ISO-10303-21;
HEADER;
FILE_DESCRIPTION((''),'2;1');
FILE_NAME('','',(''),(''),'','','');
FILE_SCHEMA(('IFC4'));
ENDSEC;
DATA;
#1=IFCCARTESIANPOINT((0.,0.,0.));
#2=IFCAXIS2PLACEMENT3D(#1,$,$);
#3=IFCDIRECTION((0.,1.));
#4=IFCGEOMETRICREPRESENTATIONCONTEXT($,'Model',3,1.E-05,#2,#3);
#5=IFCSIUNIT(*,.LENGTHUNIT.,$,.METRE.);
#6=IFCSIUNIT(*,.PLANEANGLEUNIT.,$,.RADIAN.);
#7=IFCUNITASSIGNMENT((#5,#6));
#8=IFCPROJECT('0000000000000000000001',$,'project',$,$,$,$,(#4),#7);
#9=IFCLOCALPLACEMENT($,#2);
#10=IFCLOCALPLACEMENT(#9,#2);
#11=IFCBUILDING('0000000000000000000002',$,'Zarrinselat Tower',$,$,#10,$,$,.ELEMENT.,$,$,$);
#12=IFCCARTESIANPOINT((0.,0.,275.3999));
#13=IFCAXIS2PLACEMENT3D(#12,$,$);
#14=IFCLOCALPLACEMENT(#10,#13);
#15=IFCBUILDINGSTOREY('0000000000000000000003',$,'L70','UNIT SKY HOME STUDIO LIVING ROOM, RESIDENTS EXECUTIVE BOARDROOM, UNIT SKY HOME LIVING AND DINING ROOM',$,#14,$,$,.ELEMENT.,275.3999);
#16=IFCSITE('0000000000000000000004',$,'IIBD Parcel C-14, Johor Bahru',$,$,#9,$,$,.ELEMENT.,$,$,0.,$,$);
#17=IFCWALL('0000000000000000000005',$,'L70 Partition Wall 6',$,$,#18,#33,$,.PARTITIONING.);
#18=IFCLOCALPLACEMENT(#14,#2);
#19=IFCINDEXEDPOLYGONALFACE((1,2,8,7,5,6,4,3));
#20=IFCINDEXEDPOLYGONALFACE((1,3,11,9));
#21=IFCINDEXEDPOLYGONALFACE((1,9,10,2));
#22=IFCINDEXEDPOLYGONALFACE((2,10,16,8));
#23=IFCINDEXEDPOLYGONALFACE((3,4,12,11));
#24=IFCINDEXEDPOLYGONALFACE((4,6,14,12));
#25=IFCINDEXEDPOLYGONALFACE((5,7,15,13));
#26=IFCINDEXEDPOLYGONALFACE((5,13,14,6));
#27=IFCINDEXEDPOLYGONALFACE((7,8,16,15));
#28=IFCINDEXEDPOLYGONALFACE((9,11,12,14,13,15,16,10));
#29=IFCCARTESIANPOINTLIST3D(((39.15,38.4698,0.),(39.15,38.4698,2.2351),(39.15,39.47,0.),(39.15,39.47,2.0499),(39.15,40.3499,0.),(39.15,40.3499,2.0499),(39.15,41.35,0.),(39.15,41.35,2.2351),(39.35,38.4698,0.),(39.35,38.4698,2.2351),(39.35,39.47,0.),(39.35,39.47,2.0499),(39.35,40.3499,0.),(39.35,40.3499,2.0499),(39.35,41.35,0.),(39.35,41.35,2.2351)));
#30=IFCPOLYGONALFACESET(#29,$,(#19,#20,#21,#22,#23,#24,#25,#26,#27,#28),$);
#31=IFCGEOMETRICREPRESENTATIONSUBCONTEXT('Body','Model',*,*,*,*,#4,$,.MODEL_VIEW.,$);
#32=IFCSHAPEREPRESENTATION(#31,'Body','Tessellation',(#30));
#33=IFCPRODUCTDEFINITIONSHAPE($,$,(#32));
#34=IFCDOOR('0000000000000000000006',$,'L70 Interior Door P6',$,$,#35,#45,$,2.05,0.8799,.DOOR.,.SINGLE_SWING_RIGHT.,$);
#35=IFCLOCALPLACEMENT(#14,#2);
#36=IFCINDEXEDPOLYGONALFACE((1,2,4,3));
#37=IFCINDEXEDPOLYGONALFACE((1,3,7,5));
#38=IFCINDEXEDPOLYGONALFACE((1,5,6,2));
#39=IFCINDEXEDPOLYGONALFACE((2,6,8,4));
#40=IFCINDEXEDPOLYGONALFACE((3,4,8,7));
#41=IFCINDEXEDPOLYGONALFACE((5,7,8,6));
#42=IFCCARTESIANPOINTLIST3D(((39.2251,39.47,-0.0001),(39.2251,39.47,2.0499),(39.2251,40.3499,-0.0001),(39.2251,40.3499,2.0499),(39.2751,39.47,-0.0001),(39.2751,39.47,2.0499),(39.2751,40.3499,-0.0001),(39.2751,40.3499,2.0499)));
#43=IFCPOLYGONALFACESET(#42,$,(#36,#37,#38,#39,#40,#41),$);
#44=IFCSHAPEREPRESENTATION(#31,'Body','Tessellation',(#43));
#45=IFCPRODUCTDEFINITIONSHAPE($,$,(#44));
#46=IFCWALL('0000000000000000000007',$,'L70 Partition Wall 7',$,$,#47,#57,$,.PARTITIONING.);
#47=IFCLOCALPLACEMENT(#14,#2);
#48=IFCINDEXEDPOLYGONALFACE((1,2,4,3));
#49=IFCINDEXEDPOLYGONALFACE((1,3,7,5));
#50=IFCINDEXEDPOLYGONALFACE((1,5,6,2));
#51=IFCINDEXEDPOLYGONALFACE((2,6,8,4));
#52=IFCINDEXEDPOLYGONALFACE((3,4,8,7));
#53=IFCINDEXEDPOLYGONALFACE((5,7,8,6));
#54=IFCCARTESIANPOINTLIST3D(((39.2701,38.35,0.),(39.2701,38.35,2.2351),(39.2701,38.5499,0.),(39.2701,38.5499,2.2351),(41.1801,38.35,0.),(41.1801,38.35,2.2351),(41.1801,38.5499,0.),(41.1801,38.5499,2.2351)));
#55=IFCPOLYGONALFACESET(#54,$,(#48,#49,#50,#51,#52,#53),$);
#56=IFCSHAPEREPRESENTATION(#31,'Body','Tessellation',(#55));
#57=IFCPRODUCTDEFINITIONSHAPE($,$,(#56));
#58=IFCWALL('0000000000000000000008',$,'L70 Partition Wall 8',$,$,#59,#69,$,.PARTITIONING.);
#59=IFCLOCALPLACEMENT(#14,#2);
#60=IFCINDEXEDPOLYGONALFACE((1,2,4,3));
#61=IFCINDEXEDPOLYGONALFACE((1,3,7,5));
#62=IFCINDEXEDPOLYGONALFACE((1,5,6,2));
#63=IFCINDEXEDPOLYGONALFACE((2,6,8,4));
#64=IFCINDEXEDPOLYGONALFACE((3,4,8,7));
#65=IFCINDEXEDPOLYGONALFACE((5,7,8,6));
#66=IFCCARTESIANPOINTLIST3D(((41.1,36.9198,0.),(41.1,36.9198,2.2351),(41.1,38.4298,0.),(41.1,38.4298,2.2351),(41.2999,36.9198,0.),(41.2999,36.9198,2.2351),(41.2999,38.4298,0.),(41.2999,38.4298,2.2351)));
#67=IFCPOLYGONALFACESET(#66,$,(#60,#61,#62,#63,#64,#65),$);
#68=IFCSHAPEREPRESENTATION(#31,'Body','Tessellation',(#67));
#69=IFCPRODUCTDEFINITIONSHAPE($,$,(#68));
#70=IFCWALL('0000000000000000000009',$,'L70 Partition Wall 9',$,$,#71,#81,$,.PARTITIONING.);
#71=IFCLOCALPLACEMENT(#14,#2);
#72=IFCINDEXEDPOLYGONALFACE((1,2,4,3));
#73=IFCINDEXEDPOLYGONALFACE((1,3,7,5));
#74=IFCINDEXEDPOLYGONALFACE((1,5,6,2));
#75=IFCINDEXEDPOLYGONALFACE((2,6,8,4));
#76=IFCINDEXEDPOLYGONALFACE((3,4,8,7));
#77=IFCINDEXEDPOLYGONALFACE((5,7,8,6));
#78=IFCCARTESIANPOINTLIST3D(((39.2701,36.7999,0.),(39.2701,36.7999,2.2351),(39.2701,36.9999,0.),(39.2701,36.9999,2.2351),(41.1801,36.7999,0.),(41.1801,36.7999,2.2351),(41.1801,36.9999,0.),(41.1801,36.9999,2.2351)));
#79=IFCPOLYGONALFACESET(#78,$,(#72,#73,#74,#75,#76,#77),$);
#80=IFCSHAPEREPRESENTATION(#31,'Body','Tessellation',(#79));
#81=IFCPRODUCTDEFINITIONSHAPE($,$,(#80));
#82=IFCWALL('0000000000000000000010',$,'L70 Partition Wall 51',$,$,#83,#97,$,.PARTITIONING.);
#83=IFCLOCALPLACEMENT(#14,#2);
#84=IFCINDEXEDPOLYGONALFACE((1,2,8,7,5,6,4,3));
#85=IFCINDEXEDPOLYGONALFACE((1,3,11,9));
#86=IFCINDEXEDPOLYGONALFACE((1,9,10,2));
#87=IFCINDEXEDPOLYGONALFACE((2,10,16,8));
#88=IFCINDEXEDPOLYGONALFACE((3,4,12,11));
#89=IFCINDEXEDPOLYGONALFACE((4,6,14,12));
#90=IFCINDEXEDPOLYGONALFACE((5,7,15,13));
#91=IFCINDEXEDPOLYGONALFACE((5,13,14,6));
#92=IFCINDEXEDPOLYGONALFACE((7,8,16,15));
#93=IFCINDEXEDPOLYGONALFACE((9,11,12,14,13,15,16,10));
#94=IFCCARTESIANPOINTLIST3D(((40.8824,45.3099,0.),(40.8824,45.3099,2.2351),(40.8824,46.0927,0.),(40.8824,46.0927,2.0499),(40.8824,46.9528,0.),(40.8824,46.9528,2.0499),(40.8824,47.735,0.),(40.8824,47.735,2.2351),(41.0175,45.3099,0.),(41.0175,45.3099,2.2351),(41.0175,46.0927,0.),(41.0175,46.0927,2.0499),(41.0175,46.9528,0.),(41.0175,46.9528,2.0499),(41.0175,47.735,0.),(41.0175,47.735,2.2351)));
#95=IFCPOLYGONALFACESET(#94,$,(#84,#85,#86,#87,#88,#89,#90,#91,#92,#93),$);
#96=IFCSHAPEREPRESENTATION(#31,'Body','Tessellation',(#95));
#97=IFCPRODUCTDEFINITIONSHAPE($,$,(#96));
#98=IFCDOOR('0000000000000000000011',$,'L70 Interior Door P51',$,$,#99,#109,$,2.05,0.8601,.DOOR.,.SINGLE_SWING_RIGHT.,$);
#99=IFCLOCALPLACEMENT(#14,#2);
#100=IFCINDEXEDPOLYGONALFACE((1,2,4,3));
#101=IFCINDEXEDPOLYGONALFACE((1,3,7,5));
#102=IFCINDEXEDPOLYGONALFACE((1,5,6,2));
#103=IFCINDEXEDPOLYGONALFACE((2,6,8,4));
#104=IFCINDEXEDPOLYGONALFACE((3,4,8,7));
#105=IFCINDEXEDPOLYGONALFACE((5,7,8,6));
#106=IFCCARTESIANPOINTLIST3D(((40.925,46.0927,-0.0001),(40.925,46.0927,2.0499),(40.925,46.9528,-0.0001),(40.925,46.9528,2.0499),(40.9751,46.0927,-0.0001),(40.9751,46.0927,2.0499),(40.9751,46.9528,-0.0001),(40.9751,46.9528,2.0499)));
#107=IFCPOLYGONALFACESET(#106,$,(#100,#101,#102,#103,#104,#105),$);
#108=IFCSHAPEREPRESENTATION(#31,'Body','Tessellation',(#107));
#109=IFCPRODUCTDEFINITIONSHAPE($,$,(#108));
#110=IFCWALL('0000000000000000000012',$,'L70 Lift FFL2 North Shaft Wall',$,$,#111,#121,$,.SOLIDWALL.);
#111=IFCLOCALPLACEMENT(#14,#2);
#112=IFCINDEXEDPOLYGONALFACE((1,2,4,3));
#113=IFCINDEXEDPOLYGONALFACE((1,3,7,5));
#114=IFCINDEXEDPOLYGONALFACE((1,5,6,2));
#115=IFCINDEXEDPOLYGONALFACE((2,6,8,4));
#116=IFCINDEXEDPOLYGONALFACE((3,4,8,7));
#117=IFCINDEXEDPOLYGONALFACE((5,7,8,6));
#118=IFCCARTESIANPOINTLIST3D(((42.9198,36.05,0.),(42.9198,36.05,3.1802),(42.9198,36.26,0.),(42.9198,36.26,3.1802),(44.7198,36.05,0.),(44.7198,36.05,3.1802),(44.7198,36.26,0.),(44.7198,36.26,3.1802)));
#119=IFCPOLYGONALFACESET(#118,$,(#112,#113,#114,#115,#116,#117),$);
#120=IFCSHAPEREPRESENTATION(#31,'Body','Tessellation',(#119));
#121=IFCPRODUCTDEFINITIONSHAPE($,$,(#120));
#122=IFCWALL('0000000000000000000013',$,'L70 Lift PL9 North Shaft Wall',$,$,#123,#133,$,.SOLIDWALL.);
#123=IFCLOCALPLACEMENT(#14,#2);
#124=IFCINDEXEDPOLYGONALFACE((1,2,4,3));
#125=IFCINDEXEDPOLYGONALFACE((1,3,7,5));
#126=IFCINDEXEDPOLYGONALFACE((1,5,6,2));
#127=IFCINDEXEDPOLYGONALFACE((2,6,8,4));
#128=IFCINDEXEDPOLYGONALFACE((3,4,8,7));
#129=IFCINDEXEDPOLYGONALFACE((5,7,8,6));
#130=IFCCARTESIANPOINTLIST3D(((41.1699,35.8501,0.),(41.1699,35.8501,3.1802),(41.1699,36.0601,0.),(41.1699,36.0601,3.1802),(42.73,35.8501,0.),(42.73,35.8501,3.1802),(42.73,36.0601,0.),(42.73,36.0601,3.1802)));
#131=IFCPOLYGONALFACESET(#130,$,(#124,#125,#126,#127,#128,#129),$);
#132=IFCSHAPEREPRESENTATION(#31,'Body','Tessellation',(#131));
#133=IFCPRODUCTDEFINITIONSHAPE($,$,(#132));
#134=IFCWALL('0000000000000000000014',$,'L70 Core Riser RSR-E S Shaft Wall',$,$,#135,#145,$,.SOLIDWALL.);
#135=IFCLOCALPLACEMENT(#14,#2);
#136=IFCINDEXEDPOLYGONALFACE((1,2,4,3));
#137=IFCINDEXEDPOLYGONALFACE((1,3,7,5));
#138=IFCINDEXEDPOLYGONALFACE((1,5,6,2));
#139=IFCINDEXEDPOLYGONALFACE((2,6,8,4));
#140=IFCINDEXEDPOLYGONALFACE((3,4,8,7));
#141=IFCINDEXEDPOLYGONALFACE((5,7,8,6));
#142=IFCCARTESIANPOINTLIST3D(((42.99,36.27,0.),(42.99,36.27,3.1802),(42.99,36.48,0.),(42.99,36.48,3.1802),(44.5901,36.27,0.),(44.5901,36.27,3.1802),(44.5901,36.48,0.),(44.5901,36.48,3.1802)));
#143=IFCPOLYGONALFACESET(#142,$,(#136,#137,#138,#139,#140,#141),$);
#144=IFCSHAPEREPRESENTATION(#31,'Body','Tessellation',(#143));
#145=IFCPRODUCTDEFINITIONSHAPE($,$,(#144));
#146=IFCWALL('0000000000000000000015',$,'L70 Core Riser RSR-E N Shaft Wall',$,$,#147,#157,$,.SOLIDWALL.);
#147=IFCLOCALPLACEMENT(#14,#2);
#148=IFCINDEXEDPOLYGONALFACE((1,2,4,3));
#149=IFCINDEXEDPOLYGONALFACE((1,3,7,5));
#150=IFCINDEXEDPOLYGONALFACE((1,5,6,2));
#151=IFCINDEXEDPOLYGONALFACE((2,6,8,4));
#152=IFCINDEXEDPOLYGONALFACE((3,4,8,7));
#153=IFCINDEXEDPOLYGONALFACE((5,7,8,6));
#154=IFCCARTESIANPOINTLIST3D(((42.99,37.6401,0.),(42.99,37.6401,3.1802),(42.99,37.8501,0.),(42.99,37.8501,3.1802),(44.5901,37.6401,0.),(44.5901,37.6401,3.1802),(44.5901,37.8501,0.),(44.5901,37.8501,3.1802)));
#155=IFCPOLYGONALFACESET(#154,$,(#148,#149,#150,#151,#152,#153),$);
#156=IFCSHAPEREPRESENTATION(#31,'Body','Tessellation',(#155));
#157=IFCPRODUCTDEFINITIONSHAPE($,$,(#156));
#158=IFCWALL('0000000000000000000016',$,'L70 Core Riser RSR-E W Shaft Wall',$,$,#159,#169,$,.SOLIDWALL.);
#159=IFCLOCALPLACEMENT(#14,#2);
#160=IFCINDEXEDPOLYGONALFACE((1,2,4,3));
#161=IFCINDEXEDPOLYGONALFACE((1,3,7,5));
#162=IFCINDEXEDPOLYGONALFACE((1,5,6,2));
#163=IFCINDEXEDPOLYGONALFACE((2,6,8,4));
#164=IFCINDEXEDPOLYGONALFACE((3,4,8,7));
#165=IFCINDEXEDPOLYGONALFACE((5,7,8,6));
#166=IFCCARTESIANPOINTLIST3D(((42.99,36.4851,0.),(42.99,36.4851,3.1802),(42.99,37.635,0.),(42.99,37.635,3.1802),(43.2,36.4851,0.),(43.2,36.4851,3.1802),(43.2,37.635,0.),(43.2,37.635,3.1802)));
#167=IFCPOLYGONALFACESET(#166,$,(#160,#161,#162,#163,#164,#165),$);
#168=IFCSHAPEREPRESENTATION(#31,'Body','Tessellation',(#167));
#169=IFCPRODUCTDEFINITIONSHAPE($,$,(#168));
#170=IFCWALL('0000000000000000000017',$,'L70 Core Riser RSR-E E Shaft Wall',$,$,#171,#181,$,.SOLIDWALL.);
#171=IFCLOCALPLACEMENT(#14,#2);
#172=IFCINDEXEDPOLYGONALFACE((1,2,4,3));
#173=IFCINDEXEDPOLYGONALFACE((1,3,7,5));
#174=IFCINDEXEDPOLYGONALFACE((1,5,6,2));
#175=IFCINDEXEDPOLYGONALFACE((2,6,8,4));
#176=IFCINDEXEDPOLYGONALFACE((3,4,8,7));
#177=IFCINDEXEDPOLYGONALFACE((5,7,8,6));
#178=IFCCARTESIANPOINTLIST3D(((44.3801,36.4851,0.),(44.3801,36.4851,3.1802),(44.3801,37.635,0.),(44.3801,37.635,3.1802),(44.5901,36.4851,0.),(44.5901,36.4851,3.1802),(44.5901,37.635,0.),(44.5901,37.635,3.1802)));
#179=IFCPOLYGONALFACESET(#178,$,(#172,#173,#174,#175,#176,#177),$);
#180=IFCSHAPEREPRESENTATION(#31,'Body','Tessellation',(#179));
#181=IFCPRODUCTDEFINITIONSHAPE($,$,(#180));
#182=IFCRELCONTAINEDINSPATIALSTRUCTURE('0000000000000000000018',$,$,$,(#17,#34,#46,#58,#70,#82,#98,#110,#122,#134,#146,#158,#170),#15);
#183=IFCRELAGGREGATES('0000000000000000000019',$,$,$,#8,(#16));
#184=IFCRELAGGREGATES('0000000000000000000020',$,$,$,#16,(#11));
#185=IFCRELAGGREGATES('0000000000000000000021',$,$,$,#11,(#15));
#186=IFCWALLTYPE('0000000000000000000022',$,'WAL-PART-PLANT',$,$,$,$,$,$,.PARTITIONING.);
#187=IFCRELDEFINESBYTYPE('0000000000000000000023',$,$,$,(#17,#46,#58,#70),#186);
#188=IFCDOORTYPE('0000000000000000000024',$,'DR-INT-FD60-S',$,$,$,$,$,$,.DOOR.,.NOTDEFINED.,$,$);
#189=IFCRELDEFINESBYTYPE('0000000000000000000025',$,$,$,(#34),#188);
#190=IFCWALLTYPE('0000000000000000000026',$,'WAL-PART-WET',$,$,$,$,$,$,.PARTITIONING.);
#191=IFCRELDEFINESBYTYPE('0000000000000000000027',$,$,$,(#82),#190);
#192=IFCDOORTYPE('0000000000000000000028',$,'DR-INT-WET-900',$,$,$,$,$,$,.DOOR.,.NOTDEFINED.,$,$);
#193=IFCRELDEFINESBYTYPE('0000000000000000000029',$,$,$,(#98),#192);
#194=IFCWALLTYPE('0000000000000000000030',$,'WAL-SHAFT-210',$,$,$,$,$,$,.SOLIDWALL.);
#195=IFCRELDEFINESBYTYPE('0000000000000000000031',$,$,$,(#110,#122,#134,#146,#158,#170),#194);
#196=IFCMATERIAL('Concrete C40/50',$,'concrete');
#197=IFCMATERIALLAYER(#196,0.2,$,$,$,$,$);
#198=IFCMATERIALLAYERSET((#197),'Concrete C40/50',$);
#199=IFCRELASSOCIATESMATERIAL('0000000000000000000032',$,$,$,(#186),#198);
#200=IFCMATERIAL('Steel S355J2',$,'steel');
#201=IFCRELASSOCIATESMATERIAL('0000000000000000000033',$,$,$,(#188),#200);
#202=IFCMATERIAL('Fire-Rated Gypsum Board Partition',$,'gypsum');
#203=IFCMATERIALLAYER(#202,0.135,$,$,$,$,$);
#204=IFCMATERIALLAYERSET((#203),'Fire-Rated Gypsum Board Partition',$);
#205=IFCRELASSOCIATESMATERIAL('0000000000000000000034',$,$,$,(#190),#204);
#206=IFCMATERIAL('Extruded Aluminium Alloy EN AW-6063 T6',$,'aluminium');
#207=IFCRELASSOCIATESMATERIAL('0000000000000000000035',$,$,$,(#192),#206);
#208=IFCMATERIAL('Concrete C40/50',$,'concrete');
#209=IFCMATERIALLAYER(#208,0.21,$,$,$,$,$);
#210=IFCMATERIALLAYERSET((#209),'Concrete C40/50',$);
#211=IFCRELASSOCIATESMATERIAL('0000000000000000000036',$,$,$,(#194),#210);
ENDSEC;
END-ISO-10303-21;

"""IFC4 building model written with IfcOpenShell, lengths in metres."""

from ifc_helpers import new_model, si_unit, direction, frame, frame_2d, origin, place, context, subcontext, project, spatial, rectangle, extrude, material, layer, layer_set, type_object, element, fill, save


model = new_model("IFC4")

# Units and contexts
model_context = context("Model", 3, precision=1e-05, world=origin(), true_north=direction((0.0, 1.0)))
body_context = subcontext(model_context, "Body", "Model", "MODEL_VIEW")
ifc_project = project(units=[si_unit("LENGTHUNIT", "METRE"), si_unit("PLANEANGLEUNIT", "RADIAN")], contexts=[model_context])

# Site, building, storey
site_placement = place(None, origin())
site = spatial("IfcSite", under=ifc_project, at=site_placement, Name="IIBD Parcel C-14, Johor Bahru", CompositionType="ELEMENT", RefElevation=0.0)
building_placement = place(site_placement, origin())
building = spatial("IfcBuilding", under=site, at=building_placement, Name="Zarrinselat Tower", CompositionType="ELEMENT")
storey_placement = place(building_placement, frame((0.0, 0.0, 275.3999)))
storey = spatial("IfcBuildingStorey", under=building, at=storey_placement, Name="L70", Description="UNIT SKY HOME STUDIO LIVING ROOM, RESIDENTS EXECUTIVE BOARDROOM, UNIT SKY HOME LIVING AND DINING ROOM", CompositionType="ELEMENT", Elevation=275.3999)

# Shared definitions
ifc_material_1 = material(Name="Concrete C40/50", Category="concrete")
ifc_layer_1 = layer(ifc_material_1, 0.2)
ifc_layer_set_1 = layer_set([ifc_layer_1], Name="Concrete C40/50")
wall_type_1 = type_object("IfcWallType", Name="WAL-PART-PLANT", PredefinedType="PARTITIONING", material=ifc_layer_set_1)

# Wall, opening, door
wall_1_placement = place(storey_placement, frame((39.25, 38.47, 0.0), z_axis=(0.0, 0.0, 1.0), x_axis=(0.0, 1.0, 0.0)))
wall_1 = element("IfcWall", 1, at=wall_1_placement, inside=storey, type_object=wall_type_1, Name="L70 Partition Wall 6", PredefinedType="PARTITIONING", context=body_context, shape_type="SweptSolid", body=[
    extrude(rectangle(XDim=2.8801, YDim=0.2, at=frame_2d((1.4399, 0.0))), origin(), (0.0, 0.0, 1.0), 2.2351),
])
opening_1_placement = place(wall_1_placement, frame((1.0, 0.0, 0.0)))
opening_1 = element("IfcOpeningElement", 2, at=opening_1_placement, cuts=wall_1, PredefinedType="OPENING", context=body_context, shape_type="SweptSolid", body=[
    extrude(rectangle(XDim=0.8799, YDim=2.05, at=frame_2d((0.4399, 1.0249))), frame((0.0, 0.1099, 0.0), z_axis=(0.0, -1.0, 0.0), x_axis=(1.0, 0.0, 0.0)), (0.0, 0.0, 1.0), 0.22),
])
ifc_material_2 = material(Name="Steel S355J2", Category="steel")
door_type_1 = type_object("IfcDoorType", Name="DR-INT-FD60-S", OperationType="NOTDEFINED", PredefinedType="DOOR", material=ifc_material_2)
door_1_placement = place(opening_1_placement, origin())
door_1 = element("IfcDoor", 3, at=door_1_placement, inside=storey, type_object=door_type_1, Name="L70 Interior Door P6", OperationType="SINGLE_SWING_RIGHT", OverallHeight=2.05, OverallWidth=0.8799, PredefinedType="DOOR", context=body_context, shape_type="SweptSolid", body=[
    extrude(rectangle(XDim=0.8799, YDim=2.05, at=frame_2d((0.4399, 1.0249))), frame((0.0, 0.0249, 0.0), z_axis=(0.0, -1.0, 0.0), x_axis=(1.0, 0.0, 0.0)), (0.0, 0.0, 1.0), 0.05),
])
fill(opening_1, door_1)

# Walls
wall_2_placement = place(storey_placement, frame((39.27, 38.45, 0.0), z_axis=(0.0, 0.0, 1.0), x_axis=(1.0, 0.0, 0.0)))
element("IfcWall", 4, at=wall_2_placement, inside=storey, type_object=wall_type_1, Name="L70 Partition Wall 7", PredefinedType="PARTITIONING", context=body_context, shape_type="SweptSolid", body=[
    extrude(rectangle(XDim=1.9099, YDim=0.2, at=frame_2d((0.9551, 0.0))), origin(), (0.0, 0.0, 1.0), 2.2351),
])
wall_3_placement = place(storey_placement, frame((41.2, 36.9199, 0.0), z_axis=(0.0, 0.0, 1.0), x_axis=(0.0, 1.0, 0.0)))
element("IfcWall", 5, at=wall_3_placement, inside=storey, type_object=wall_type_1, Name="L70 Partition Wall 8", PredefinedType="PARTITIONING", context=body_context, shape_type="SweptSolid", body=[
    extrude(rectangle(XDim=1.51, YDim=0.2, at=frame_2d((0.7549, 0.0))), origin(), (0.0, 0.0, 1.0), 2.2351),
])
wall_4_placement = place(storey_placement, frame((39.27, 36.8999, 0.0), z_axis=(0.0, 0.0, 1.0), x_axis=(1.0, 0.0, 0.0)))
element("IfcWall", 6, at=wall_4_placement, inside=storey, type_object=wall_type_1, Name="L70 Partition Wall 9", PredefinedType="PARTITIONING", context=body_context, shape_type="SweptSolid", body=[
    extrude(rectangle(XDim=1.9099, YDim=0.2, at=frame_2d((0.9551, 0.0))), origin(), (0.0, 0.0, 1.0), 2.2351),
])

# Wall, opening, door
ifc_material_3 = material(Name="Fire-Rated Gypsum Board Partition", Category="gypsum")
ifc_layer_2 = layer(ifc_material_3, 0.135)
ifc_layer_set_2 = layer_set([ifc_layer_2], Name="Fire-Rated Gypsum Board Partition")
wall_type_2 = type_object("IfcWallType", Name="WAL-PART-WET", PredefinedType="PARTITIONING", material=ifc_layer_set_2)
wall_5_placement = place(storey_placement, frame((40.95, 45.3101, 0.0), z_axis=(0.0, 0.0, 1.0), x_axis=(0.0, 1.0, 0.0)))
wall_5 = element("IfcWall", 7, at=wall_5_placement, inside=storey, type_object=wall_type_2, Name="L70 Partition Wall 51", PredefinedType="PARTITIONING", context=body_context, shape_type="SweptSolid", body=[
    extrude(rectangle(XDim=2.425, YDim=0.135, at=frame_2d((1.2124, 0.0))), origin(), (0.0, 0.0, 1.0), 2.2351),
])
opening_2_placement = place(wall_5_placement, frame((0.7825, 0.0, 0.0)))
opening_2 = element("IfcOpeningElement", 8, at=opening_2_placement, cuts=wall_5, PredefinedType="OPENING", context=body_context, shape_type="SweptSolid", body=[
    extrude(rectangle(XDim=0.8601, YDim=2.05, at=frame_2d((0.4302, 1.0249))), frame((0.0, 0.0774, 0.0), z_axis=(0.0, -1.0, 0.0), x_axis=(1.0, 0.0, 0.0)), (0.0, 0.0, 1.0), 0.155),
])
ifc_material_4 = material(Name="Extruded Aluminium Alloy EN AW-6063 T6", Category="aluminium")
door_type_2 = type_object("IfcDoorType", Name="DR-INT-WET-900", OperationType="NOTDEFINED", PredefinedType="DOOR", material=ifc_material_4)
door_2_placement = place(opening_2_placement, origin())
door_2 = element("IfcDoor", 9, at=door_2_placement, inside=storey, type_object=door_type_2, Name="L70 Interior Door P51", OperationType="SINGLE_SWING_RIGHT", OverallHeight=2.05, OverallWidth=0.8601, PredefinedType="DOOR", context=body_context, shape_type="SweptSolid", body=[
    extrude(rectangle(XDim=0.8601, YDim=2.05, at=frame_2d((0.4302, 1.0249))), frame((0.0, 0.0249, 0.0), z_axis=(0.0, -1.0, 0.0), x_axis=(1.0, 0.0, 0.0)), (0.0, 0.0, 1.0), 0.05),
])
fill(opening_2, door_2)

# Walls
ifc_material_5 = material(Name="Concrete C40/50", Category="concrete")
ifc_layer_3 = layer(ifc_material_5, 0.21)
ifc_layer_set_3 = layer_set([ifc_layer_3], Name="Concrete C40/50")
wall_type_3 = type_object("IfcWallType", Name="WAL-SHAFT-210", PredefinedType="SOLIDWALL", material=ifc_layer_set_3)
wall_6_placement = place(storey_placement, frame((42.9199, 36.155, 0.0), z_axis=(0.0, 0.0, 1.0), x_axis=(1.0, 0.0, 0.0)))
element("IfcWall", 10, at=wall_6_placement, inside=storey, type_object=wall_type_3, Name="L70 Lift FFL2 North Shaft Wall", PredefinedType="SOLIDWALL", context=body_context, shape_type="SweptSolid", body=[
    extrude(rectangle(XDim=1.8, YDim=0.21, at=frame_2d((0.8999, 0.0))), origin(), (0.0, 0.0, 1.0), 3.1802),
])
wall_7_placement = place(storey_placement, frame((41.1699, 35.9551, 0.0), z_axis=(0.0, 0.0, 1.0), x_axis=(1.0, 0.0, 0.0)))
element("IfcWall", 11, at=wall_7_placement, inside=storey, type_object=wall_type_3, Name="L70 Lift PL9 North Shaft Wall", PredefinedType="SOLIDWALL", context=body_context, shape_type="SweptSolid", body=[
    extrude(rectangle(XDim=1.5601, YDim=0.21, at=frame_2d((0.78, 0.0))), origin(), (0.0, 0.0, 1.0), 3.1802),
])
for number, where, z_axis, x_axis, name in (
    (12, (42.99, 36.375, 0.0), (0.0, 0.0, 1.0), (1.0, 0.0, 0.0), "L70 Core Riser RSR-E S Shaft Wall"),
    (13, (42.99, 37.7451, 0.0), (0.0, 0.0, 1.0), (1.0, 0.0, 0.0), "L70 Core Riser RSR-E N Shaft Wall"),
):
    element("IfcWall", number, at=place(storey_placement, frame(where, z_axis=z_axis, x_axis=x_axis)), inside=storey, type_object=wall_type_3, Name=name, PredefinedType="SOLIDWALL", context=body_context, shape_type="SweptSolid", body=[
        extrude(rectangle(XDim=1.6001, YDim=0.21, at=frame_2d((0.8, 0.0))), origin(), (0.0, 0.0, 1.0), 3.1802),
    ])
for number, where, z_axis, x_axis, name in (
    (14, (43.095, 36.4851, 0.0), (0.0, 0.0, 1.0), (0.0, 1.0, 0.0), "L70 Core Riser RSR-E W Shaft Wall"),
    (15, (44.4851, 36.4851, 0.0), (0.0, 0.0, 1.0), (0.0, 1.0, 0.0), "L70 Core Riser RSR-E E Shaft Wall"),
):
    element("IfcWall", number, at=place(storey_placement, frame(where, z_axis=z_axis, x_axis=x_axis)), inside=storey, type_object=wall_type_3, Name=name, PredefinedType="SOLIDWALL", context=body_context, shape_type="SweptSolid", body=[
        extrude(rectangle(XDim=1.1499, YDim=0.21, at=frame_2d((0.575, 0.0))), origin(), (0.0, 0.0, 1.0), 3.1802),
    ])

save(model, "model.ifc")
